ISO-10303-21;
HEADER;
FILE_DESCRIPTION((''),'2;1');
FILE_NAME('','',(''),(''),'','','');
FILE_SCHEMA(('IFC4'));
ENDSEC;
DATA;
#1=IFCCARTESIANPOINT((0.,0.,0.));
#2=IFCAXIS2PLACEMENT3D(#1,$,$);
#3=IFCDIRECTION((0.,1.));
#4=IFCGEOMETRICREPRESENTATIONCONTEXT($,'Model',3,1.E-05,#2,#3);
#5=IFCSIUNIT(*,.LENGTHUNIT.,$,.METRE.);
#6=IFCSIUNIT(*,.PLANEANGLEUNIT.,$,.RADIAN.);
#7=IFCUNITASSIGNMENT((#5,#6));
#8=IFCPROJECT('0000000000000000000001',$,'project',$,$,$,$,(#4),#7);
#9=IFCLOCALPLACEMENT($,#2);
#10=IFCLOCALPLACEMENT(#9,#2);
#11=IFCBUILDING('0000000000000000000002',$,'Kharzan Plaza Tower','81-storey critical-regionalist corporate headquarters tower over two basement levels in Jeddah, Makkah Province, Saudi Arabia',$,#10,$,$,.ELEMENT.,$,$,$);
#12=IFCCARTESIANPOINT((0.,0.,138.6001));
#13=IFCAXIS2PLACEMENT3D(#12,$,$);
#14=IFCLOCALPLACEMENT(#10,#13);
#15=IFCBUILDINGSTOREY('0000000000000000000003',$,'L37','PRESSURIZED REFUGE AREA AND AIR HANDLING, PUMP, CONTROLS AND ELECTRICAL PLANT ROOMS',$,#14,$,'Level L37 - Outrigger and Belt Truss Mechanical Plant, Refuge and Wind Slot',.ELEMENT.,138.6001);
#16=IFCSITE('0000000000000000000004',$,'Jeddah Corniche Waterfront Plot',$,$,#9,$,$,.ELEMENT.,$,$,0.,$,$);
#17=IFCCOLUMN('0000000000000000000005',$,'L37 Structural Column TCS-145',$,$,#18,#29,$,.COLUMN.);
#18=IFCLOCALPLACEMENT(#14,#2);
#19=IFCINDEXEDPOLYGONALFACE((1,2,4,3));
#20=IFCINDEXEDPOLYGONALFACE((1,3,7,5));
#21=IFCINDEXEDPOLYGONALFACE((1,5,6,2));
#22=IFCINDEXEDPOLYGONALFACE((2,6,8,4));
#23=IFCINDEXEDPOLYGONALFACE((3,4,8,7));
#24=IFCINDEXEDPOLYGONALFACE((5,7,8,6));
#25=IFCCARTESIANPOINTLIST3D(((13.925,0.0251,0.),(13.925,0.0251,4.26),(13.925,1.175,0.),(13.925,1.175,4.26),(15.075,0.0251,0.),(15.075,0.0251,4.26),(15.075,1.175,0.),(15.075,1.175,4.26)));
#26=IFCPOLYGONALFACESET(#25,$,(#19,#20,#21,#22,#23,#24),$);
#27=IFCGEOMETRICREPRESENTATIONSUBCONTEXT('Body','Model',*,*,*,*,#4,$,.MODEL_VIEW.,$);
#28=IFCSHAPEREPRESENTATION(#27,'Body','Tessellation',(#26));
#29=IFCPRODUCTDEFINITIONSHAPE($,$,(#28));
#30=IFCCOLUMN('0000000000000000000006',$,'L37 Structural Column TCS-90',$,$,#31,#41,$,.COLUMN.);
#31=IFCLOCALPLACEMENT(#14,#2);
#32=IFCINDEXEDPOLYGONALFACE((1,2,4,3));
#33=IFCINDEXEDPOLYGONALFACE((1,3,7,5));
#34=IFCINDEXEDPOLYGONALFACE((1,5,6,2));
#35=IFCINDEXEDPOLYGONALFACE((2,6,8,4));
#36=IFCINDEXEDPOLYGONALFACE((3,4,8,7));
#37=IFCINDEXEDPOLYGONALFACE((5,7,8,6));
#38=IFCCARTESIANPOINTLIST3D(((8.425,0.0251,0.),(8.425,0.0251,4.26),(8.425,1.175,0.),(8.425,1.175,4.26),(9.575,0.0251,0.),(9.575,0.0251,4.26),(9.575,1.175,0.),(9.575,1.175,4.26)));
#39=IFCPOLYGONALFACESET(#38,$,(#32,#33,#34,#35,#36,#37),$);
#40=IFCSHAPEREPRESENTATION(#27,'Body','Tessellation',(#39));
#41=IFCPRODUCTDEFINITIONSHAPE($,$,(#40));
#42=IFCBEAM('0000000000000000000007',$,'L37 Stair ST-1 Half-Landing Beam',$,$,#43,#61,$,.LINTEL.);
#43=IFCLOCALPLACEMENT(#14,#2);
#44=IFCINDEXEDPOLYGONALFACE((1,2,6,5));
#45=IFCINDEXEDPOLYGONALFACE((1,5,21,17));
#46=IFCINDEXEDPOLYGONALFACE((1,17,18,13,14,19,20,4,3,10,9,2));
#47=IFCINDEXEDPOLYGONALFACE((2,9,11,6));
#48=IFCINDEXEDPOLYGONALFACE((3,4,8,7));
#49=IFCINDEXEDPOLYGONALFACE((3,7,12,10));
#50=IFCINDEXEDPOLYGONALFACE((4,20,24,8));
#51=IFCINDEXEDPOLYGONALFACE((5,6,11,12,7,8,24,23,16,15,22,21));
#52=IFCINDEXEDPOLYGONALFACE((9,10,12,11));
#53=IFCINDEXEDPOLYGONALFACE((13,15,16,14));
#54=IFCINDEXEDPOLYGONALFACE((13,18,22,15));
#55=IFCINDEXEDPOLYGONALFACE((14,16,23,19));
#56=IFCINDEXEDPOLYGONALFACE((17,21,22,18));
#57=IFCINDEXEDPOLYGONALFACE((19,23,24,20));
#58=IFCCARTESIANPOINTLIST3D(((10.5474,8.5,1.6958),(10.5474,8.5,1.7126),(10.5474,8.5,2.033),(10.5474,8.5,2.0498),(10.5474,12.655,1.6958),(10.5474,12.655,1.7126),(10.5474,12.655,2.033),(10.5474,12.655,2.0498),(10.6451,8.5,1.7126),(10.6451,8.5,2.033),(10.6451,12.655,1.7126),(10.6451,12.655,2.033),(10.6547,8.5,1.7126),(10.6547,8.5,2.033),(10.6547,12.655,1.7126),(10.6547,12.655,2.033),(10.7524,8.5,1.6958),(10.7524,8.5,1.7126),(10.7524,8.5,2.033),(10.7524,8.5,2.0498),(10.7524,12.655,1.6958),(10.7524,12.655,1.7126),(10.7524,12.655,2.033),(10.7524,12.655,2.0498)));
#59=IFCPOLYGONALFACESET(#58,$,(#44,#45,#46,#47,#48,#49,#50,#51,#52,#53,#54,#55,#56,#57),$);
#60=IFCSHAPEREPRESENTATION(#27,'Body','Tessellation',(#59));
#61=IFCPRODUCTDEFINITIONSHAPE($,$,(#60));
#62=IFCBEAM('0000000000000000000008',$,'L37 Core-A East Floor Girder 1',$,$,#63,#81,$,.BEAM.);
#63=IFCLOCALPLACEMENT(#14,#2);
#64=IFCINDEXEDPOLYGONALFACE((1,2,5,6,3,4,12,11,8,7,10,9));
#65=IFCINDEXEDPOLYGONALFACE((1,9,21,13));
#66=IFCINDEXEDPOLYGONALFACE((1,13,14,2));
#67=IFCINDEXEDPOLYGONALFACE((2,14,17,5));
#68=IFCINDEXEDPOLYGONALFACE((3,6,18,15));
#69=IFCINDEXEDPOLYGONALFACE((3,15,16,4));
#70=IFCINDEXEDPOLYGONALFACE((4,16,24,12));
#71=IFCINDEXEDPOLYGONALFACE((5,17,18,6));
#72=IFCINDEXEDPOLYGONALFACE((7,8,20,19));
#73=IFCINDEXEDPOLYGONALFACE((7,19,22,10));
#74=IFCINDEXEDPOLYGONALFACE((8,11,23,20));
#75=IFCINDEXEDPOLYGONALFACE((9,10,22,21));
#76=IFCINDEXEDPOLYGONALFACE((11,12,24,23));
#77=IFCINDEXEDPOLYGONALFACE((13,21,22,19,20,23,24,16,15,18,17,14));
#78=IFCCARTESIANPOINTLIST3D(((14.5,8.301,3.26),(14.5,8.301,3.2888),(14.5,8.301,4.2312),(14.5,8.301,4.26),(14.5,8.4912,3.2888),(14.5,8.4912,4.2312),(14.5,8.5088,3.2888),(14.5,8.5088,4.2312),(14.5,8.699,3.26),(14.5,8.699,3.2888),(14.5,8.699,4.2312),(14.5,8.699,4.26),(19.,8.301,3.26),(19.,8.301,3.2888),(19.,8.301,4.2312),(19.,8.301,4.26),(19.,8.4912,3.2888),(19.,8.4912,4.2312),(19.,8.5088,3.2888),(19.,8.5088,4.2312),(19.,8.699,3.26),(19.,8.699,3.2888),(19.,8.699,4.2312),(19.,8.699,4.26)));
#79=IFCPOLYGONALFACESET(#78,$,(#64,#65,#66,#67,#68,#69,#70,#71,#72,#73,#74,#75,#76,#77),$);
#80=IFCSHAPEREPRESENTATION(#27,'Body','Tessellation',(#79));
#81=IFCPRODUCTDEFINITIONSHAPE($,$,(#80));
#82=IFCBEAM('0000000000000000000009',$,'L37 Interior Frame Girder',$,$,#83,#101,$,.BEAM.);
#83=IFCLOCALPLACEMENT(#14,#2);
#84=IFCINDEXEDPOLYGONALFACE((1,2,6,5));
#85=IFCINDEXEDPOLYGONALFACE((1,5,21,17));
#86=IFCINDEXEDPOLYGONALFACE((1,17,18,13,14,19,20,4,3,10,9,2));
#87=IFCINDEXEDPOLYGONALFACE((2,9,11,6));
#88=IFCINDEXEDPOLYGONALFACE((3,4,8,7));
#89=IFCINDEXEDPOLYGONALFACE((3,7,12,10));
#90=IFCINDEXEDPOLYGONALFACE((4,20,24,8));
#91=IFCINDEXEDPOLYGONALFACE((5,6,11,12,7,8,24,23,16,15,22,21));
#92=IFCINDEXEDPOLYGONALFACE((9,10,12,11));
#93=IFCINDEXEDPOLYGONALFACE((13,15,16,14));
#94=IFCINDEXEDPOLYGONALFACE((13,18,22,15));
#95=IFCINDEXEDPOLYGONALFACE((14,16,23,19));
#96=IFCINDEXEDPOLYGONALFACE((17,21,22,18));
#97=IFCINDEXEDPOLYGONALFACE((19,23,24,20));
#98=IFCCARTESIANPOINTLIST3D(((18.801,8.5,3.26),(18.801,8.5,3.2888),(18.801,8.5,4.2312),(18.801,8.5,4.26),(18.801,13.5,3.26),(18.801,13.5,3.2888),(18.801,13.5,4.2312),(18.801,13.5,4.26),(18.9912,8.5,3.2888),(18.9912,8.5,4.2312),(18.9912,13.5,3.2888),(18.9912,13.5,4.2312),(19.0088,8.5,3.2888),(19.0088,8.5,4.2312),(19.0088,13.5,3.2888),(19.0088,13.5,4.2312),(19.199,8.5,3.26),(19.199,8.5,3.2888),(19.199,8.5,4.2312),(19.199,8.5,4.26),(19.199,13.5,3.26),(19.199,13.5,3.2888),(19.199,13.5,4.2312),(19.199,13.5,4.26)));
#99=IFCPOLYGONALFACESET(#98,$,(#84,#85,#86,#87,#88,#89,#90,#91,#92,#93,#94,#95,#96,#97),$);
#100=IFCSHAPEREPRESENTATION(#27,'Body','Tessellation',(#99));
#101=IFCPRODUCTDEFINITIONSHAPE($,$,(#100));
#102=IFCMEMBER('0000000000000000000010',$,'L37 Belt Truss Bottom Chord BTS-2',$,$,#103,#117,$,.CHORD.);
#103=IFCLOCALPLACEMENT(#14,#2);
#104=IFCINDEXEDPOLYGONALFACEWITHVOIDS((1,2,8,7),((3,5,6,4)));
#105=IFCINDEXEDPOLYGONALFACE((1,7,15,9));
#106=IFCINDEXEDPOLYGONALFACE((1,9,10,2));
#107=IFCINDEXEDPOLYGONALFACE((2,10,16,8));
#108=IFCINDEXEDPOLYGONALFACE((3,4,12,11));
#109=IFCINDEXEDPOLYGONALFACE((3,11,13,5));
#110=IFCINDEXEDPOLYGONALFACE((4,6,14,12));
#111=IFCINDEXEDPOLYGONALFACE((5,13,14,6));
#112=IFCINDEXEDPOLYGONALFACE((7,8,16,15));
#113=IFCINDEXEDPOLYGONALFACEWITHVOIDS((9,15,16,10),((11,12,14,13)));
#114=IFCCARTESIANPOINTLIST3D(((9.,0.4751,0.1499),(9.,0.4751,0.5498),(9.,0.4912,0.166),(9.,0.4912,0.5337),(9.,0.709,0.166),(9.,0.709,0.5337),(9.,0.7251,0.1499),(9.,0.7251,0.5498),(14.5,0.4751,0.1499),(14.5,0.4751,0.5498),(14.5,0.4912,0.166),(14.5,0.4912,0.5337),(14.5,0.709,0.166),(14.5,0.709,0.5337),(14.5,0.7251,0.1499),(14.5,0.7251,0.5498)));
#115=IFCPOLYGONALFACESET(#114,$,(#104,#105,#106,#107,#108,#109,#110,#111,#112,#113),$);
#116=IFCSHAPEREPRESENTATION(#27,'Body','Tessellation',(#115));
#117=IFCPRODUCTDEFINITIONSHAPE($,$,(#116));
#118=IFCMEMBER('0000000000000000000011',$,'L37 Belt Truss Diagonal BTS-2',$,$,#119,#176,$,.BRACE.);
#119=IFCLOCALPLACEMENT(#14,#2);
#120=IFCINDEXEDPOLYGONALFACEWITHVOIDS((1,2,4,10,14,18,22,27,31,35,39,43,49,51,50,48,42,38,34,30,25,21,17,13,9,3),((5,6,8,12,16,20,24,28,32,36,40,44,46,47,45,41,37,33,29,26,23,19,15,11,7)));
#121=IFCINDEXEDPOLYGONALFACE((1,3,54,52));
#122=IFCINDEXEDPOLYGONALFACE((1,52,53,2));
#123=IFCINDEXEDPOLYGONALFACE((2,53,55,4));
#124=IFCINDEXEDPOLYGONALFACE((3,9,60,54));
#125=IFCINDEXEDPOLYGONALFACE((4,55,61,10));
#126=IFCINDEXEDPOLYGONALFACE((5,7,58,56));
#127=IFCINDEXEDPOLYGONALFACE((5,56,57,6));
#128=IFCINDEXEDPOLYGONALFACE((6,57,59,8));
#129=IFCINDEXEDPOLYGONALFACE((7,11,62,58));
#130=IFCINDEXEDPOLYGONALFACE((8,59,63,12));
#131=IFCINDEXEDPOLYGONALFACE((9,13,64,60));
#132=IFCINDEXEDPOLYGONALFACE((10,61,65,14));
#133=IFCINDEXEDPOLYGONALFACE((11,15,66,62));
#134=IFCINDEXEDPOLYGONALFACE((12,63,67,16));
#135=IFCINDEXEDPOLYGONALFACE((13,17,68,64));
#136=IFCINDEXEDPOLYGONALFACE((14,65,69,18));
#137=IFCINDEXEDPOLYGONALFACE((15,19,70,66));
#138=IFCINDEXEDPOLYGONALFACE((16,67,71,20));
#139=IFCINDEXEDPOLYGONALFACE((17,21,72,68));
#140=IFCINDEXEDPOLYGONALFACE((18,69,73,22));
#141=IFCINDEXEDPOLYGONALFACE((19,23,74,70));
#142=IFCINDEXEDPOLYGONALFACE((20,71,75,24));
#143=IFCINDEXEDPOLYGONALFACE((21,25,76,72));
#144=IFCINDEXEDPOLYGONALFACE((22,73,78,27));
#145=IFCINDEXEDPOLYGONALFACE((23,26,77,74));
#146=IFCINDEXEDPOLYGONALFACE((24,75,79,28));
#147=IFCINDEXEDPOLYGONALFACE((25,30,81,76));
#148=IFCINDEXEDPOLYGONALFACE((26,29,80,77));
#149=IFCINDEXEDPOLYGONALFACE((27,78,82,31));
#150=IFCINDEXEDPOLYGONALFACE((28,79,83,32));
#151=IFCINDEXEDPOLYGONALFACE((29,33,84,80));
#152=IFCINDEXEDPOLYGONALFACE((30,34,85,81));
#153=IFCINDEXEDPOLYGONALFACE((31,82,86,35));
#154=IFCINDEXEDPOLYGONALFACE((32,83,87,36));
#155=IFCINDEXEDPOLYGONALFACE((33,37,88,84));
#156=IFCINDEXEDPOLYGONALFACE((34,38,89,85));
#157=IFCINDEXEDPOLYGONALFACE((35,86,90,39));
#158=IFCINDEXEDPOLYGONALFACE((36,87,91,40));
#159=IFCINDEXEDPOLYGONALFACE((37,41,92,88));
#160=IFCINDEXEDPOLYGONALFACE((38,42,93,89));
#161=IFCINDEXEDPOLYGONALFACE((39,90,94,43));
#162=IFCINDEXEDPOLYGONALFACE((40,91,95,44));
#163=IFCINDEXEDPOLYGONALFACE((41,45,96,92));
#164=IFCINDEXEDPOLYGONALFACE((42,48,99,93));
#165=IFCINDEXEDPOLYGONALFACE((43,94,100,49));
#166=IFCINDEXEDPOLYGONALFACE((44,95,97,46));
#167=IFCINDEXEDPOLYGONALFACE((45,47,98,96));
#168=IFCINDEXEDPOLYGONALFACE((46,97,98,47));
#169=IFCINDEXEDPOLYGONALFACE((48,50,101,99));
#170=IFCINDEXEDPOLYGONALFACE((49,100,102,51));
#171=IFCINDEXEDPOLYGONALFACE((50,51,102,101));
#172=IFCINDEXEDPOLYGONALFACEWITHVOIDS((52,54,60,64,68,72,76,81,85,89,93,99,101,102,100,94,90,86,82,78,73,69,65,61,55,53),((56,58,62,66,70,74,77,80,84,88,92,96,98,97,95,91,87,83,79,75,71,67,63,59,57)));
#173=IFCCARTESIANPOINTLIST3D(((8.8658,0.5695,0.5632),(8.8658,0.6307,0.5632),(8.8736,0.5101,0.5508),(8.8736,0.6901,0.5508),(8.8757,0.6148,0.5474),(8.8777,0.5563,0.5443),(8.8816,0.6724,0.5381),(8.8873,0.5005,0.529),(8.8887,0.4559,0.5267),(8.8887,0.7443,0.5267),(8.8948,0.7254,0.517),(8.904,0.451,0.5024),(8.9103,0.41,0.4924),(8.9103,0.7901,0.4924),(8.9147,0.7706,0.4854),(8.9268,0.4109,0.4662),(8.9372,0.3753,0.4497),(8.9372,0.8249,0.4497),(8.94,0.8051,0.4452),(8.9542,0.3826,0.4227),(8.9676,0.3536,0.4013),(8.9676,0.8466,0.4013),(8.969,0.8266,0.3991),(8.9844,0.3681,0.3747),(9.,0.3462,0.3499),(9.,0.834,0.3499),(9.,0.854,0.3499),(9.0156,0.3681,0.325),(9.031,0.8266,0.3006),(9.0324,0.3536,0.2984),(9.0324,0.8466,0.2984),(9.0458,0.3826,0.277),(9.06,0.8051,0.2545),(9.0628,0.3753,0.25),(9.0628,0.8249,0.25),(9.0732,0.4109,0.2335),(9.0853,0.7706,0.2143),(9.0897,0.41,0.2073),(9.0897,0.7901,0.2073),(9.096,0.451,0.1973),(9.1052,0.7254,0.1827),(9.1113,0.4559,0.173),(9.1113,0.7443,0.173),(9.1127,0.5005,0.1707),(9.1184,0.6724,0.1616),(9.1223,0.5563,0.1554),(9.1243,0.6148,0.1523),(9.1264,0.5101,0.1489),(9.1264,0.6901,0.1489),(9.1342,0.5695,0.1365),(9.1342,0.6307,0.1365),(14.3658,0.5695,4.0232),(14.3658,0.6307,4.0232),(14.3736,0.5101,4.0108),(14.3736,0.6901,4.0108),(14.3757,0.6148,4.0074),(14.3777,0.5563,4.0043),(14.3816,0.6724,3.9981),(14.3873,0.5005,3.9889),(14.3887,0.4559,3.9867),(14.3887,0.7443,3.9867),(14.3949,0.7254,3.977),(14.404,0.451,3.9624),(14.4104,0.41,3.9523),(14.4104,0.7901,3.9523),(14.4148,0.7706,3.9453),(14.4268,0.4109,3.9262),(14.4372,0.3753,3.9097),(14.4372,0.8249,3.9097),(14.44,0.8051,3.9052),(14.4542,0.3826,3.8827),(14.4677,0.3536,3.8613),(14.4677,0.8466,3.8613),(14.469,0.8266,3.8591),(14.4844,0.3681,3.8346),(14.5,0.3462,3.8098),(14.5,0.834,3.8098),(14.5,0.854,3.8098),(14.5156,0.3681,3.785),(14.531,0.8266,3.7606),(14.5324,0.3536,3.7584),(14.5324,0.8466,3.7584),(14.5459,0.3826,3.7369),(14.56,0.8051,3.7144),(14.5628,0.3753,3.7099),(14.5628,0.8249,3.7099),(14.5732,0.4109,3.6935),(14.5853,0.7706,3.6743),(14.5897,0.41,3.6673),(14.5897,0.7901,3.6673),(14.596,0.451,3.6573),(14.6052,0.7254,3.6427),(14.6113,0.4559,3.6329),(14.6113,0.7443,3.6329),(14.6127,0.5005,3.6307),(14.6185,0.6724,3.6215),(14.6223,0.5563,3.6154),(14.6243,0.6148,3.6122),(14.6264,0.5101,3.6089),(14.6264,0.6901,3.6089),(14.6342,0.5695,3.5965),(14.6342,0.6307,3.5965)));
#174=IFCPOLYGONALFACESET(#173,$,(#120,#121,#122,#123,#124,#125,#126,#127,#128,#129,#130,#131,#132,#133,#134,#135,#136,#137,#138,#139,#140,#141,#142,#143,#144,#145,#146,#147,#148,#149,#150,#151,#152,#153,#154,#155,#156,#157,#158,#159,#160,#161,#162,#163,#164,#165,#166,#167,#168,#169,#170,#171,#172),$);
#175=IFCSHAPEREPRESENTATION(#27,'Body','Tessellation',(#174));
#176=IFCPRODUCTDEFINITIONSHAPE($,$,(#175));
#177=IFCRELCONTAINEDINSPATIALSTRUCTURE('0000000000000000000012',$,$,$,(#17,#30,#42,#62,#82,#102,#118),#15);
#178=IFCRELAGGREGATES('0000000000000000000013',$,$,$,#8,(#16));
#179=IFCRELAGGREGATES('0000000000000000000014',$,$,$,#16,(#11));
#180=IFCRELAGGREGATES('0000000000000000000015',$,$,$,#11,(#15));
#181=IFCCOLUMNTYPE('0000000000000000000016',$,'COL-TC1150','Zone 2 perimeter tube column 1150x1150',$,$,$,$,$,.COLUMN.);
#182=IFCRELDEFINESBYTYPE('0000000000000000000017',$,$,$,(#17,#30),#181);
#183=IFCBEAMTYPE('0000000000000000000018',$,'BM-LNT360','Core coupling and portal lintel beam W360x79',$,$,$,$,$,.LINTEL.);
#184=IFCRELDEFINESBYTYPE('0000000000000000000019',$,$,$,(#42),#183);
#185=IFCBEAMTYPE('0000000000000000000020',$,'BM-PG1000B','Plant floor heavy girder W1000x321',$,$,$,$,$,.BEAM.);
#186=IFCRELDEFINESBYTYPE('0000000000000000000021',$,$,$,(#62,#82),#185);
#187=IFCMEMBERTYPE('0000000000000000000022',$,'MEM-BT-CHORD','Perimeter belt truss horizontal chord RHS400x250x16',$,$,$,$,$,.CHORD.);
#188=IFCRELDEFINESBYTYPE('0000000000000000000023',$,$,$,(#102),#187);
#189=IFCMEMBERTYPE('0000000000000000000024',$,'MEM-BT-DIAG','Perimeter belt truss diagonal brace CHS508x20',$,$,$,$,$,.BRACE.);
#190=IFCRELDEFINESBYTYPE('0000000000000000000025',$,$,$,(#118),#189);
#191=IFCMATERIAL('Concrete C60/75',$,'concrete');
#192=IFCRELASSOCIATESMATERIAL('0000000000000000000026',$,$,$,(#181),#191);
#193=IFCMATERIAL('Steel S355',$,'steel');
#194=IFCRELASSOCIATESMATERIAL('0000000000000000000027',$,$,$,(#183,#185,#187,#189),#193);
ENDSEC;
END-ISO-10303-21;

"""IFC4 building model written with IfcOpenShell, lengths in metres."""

from ifc_helpers import new_model, si_unit, direction, frame, origin, origin_2d, place, context, subcontext, project, spatial, rectangle, hollow_rectangle, hollow_circle, i_section, extrude, source, transform, mapped, material, material_profile, profile_set, type_object, element, save


model = new_model("IFC4")

# Units and contexts
model_context = context("Model", 3, precision=1e-05, world=origin(), true_north=direction((0.0, 1.0)))
body_context = subcontext(model_context, "Body", "Model", "MODEL_VIEW")
ifc_project = project(units=[si_unit("LENGTHUNIT", "METRE"), si_unit("PLANEANGLEUNIT", "RADIAN")], contexts=[model_context])

# Site, building, storey
site_placement = place(None, origin())
site = spatial("IfcSite", under=ifc_project, at=site_placement, Name="Jeddah Corniche Waterfront Plot", CompositionType="ELEMENT", RefElevation=0.0)
building_placement = place(site_placement, origin())
building = spatial("IfcBuilding", under=site, at=building_placement, Name="Kharzan Plaza Tower", Description="81-storey critical-regionalist corporate headquarters tower over two basement levels in Jeddah, Makkah Province, Saudi Arabia", CompositionType="ELEMENT")
storey_placement = place(building_placement, frame((0.0, 0.0, 138.6001)))
storey = spatial("IfcBuildingStorey", under=building, at=storey_placement, Name="L37", Description="PRESSURIZED REFUGE AREA AND AIR HANDLING, PUMP, CONTROLS AND ELECTRICAL PLANT ROOMS", LongName="Level L37 - Outrigger and Belt Truss Mechanical Plant, Refuge and Wind Slot", CompositionType="ELEMENT", Elevation=138.6001)

# Columns
ifc_material_1 = material(Name="Concrete C60/75", Category="concrete")
ifc_material_profile_1 = material_profile(ifc_material_1, rectangle(XDim=1.1499, YDim=1.1499, at=origin_2d()), Name="RC-TC1150x1150")
ifc_profile_set_1 = profile_set([ifc_material_profile_1], Name="Concrete C60/75")
column_type = type_object("IfcColumnType", Name="COL-TC1150", Description="Zone 2 perimeter tube column 1150x1150", PredefinedType="COLUMN", material=ifc_profile_set_1)
shared_shape_1 = source(origin(), body_context, "Body", "SweptSolid", [
    extrude(rectangle(XDim=1.1499, YDim=1.1499, at=origin_2d()), origin(), (0.0, 0.0, 1.0), 4.26),
])
for number, where, z_axis, x_axis, name in (
    (1, (14.5, 0.6001, 0.0), (0.0, 0.0, 1.0), (1.0, 0.0, 0.0), "L37 Structural Column TCS-145"),
    (2, (9.0, 0.6001, 0.0), (0.0, 0.0, 1.0), (1.0, 0.0, 0.0), "L37 Structural Column TCS-90"),
):
    element("IfcColumn", number, at=place(storey_placement, frame(where, z_axis=z_axis, x_axis=x_axis)), inside=storey, type_object=column_type, Name=name, PredefinedType="COLUMN", context=body_context, shape_type="MappedRepresentation", body=[
        mapped(shared_shape_1, transform((0.0, 0.0, 0.0), x_axis=(1.0, 0.0, 0.0), y_axis=(0.0, 1.0, 0.0), z_axis=(0.0, 0.0, 1.0))),
    ])

# Beams
ifc_material_2 = material(Name="Steel S355", Category="steel")
ifc_material_profile_2 = material_profile(ifc_material_2, i_section(OverallWidth=0.2051, OverallDepth=0.354, WebThickness=0.0095, FlangeThickness=0.0168, at=origin_2d()), Name="W360x79")
ifc_profile_set_2 = profile_set([ifc_material_profile_2], Name="Steel S355")
beam_type_1 = type_object("IfcBeamType", Name="BM-LNT360", Description="Core coupling and portal lintel beam W360x79", PredefinedType="LINTEL", material=ifc_profile_set_2)
shared_shape_2 = source(origin(), body_context, "Body", "SweptSolid", [
    extrude(i_section(OverallWidth=0.2051, OverallDepth=0.354, WebThickness=0.0095, FlangeThickness=0.0168, at=origin_2d()), origin(), (0.0, 0.0, 1.0), 4.155),
])
beam_1_placement = place(storey_placement, frame((10.6499, 8.5, 1.8728), z_axis=(0.0, 1.0, 0.0), x_axis=(-1.0, 0.0, 0.0)))
element("IfcBeam", 3, at=beam_1_placement, inside=storey, type_object=beam_type_1, Name="L37 Stair ST-1 Half-Landing Beam", PredefinedType="LINTEL", context=body_context, shape_type="MappedRepresentation", body=[
    mapped(shared_shape_2, transform((0.0, 0.0, 0.0), x_axis=(1.0, 0.0, 0.0), y_axis=(0.0, 1.0, 0.0), z_axis=(0.0, 0.0, 1.0))),
])
ifc_material_profile_3 = material_profile(ifc_material_2, i_section(OverallWidth=0.3979, OverallDepth=1.0, WebThickness=0.0176, FlangeThickness=0.0288, at=origin_2d()), Name="W1000x321")
ifc_profile_set_3 = profile_set([ifc_material_profile_3], Name="Steel S355")
beam_type_2 = type_object("IfcBeamType", Name="BM-PG1000B", Description="Plant floor heavy girder W1000x321", PredefinedType="BEAM", material=ifc_profile_set_3)
shared_shape_3 = source(origin(), body_context, "Body", "SweptSolid", [
    extrude(i_section(OverallWidth=0.3979, OverallDepth=1.0, WebThickness=0.0176, FlangeThickness=0.0288, at=origin_2d()), origin(), (0.0, 0.0, 1.0), 4.5),
])
beam_2_placement = place(storey_placement, frame((14.5, 8.5, 3.76), z_axis=(1.0, 0.0, 0.0), x_axis=(0.0, 1.0, 0.0)))
element("IfcBeam", 4, at=beam_2_placement, inside=storey, type_object=beam_type_2, Name="L37 Core-A East Floor Girder 1", PredefinedType="BEAM", context=body_context, shape_type="MappedRepresentation", body=[
    mapped(shared_shape_3, transform((0.0, 0.0, 0.0), x_axis=(1.0, 0.0, 0.0), y_axis=(0.0, 1.0, 0.0), z_axis=(0.0, 0.0, 1.0))),
])
shared_shape_4 = source(origin(), body_context, "Body", "SweptSolid", [
    extrude(i_section(OverallWidth=0.3979, OverallDepth=1.0, WebThickness=0.0176, FlangeThickness=0.0288, at=origin_2d()), origin(), (0.0, 0.0, 1.0), 5.0),
])
beam_3_placement = place(storey_placement, frame((19.0, 8.5, 3.76), z_axis=(0.0, 1.0, 0.0), x_axis=(-1.0, 0.0, 0.0)))
element("IfcBeam", 5, at=beam_3_placement, inside=storey, type_object=beam_type_2, Name="L37 Interior Frame Girder", PredefinedType="BEAM", context=body_context, shape_type="MappedRepresentation", body=[
    mapped(shared_shape_4, transform((0.0, 0.0, 0.0), x_axis=(1.0, 0.0, 0.0), y_axis=(0.0, 1.0, 0.0), z_axis=(0.0, 0.0, 1.0))),
])

# Members
ifc_material_profile_4 = material_profile(ifc_material_2, hollow_rectangle(XDim=0.25, YDim=0.3999, WallThickness=0.0161, at=origin_2d()), Name="RHS400x250x16")
ifc_profile_set_4 = profile_set([ifc_material_profile_4], Name="Steel S355")
member_type_1 = type_object("IfcMemberType", Name="MEM-BT-CHORD", Description="Perimeter belt truss horizontal chord RHS400x250x16", PredefinedType="CHORD", material=ifc_profile_set_4)
shared_shape_5 = source(origin(), body_context, "Body", "SweptSolid", [
    extrude(hollow_rectangle(XDim=0.25, YDim=0.3999, WallThickness=0.0161, at=origin_2d()), origin(), (0.0, 0.0, 1.0), 5.5),
])
member_1_placement = place(storey_placement, frame((9.0, 0.6001, 0.3499), z_axis=(1.0, 0.0, 0.0), x_axis=(0.0, 1.0, 0.0)))
element("IfcMember", 6, at=member_1_placement, inside=storey, type_object=member_type_1, Name="L37 Belt Truss Bottom Chord BTS-2", PredefinedType="CHORD", context=body_context, shape_type="MappedRepresentation", body=[
    mapped(shared_shape_5, transform((0.0, 0.0, 0.0), x_axis=(1.0, 0.0, 0.0), y_axis=(0.0, 1.0, 0.0), z_axis=(0.0, 0.0, 1.0))),
])
ifc_material_profile_5 = material_profile(ifc_material_2, hollow_circle(Radius=0.2539, WallThickness=0.02, at=origin_2d()), Name="CHS508x20")
ifc_profile_set_5 = profile_set([ifc_material_profile_5], Name="Steel S355")
member_type_2 = type_object("IfcMemberType", Name="MEM-BT-DIAG", Description="Perimeter belt truss diagonal brace CHS508x20", PredefinedType="BRACE", material=ifc_profile_set_5)
shared_shape_6 = source(origin(), body_context, "Body", "SweptSolid", [
    extrude(hollow_circle(Radius=0.2539, WallThickness=0.02, at=origin_2d()), origin(), (0.0, 0.0, 1.0), 6.4978),
])
member_2_placement = place(storey_placement, frame((9.0, 0.6001, 0.3499), z_axis=(0.846441, 0.0, 0.532482), x_axis=(0.0, 1.0, 0.0)))
element("IfcMember", 7, at=member_2_placement, inside=storey, type_object=member_type_2, Name="L37 Belt Truss Diagonal BTS-2", PredefinedType="BRACE", context=body_context, shape_type="MappedRepresentation", body=[
    mapped(shared_shape_6, transform((0.0, 0.0, 0.0), x_axis=(1.0, 0.0, 0.0), y_axis=(0.0, 1.0, 0.0), z_axis=(0.0, 0.0, 1.0))),
])

save(model, "model.ifc")
